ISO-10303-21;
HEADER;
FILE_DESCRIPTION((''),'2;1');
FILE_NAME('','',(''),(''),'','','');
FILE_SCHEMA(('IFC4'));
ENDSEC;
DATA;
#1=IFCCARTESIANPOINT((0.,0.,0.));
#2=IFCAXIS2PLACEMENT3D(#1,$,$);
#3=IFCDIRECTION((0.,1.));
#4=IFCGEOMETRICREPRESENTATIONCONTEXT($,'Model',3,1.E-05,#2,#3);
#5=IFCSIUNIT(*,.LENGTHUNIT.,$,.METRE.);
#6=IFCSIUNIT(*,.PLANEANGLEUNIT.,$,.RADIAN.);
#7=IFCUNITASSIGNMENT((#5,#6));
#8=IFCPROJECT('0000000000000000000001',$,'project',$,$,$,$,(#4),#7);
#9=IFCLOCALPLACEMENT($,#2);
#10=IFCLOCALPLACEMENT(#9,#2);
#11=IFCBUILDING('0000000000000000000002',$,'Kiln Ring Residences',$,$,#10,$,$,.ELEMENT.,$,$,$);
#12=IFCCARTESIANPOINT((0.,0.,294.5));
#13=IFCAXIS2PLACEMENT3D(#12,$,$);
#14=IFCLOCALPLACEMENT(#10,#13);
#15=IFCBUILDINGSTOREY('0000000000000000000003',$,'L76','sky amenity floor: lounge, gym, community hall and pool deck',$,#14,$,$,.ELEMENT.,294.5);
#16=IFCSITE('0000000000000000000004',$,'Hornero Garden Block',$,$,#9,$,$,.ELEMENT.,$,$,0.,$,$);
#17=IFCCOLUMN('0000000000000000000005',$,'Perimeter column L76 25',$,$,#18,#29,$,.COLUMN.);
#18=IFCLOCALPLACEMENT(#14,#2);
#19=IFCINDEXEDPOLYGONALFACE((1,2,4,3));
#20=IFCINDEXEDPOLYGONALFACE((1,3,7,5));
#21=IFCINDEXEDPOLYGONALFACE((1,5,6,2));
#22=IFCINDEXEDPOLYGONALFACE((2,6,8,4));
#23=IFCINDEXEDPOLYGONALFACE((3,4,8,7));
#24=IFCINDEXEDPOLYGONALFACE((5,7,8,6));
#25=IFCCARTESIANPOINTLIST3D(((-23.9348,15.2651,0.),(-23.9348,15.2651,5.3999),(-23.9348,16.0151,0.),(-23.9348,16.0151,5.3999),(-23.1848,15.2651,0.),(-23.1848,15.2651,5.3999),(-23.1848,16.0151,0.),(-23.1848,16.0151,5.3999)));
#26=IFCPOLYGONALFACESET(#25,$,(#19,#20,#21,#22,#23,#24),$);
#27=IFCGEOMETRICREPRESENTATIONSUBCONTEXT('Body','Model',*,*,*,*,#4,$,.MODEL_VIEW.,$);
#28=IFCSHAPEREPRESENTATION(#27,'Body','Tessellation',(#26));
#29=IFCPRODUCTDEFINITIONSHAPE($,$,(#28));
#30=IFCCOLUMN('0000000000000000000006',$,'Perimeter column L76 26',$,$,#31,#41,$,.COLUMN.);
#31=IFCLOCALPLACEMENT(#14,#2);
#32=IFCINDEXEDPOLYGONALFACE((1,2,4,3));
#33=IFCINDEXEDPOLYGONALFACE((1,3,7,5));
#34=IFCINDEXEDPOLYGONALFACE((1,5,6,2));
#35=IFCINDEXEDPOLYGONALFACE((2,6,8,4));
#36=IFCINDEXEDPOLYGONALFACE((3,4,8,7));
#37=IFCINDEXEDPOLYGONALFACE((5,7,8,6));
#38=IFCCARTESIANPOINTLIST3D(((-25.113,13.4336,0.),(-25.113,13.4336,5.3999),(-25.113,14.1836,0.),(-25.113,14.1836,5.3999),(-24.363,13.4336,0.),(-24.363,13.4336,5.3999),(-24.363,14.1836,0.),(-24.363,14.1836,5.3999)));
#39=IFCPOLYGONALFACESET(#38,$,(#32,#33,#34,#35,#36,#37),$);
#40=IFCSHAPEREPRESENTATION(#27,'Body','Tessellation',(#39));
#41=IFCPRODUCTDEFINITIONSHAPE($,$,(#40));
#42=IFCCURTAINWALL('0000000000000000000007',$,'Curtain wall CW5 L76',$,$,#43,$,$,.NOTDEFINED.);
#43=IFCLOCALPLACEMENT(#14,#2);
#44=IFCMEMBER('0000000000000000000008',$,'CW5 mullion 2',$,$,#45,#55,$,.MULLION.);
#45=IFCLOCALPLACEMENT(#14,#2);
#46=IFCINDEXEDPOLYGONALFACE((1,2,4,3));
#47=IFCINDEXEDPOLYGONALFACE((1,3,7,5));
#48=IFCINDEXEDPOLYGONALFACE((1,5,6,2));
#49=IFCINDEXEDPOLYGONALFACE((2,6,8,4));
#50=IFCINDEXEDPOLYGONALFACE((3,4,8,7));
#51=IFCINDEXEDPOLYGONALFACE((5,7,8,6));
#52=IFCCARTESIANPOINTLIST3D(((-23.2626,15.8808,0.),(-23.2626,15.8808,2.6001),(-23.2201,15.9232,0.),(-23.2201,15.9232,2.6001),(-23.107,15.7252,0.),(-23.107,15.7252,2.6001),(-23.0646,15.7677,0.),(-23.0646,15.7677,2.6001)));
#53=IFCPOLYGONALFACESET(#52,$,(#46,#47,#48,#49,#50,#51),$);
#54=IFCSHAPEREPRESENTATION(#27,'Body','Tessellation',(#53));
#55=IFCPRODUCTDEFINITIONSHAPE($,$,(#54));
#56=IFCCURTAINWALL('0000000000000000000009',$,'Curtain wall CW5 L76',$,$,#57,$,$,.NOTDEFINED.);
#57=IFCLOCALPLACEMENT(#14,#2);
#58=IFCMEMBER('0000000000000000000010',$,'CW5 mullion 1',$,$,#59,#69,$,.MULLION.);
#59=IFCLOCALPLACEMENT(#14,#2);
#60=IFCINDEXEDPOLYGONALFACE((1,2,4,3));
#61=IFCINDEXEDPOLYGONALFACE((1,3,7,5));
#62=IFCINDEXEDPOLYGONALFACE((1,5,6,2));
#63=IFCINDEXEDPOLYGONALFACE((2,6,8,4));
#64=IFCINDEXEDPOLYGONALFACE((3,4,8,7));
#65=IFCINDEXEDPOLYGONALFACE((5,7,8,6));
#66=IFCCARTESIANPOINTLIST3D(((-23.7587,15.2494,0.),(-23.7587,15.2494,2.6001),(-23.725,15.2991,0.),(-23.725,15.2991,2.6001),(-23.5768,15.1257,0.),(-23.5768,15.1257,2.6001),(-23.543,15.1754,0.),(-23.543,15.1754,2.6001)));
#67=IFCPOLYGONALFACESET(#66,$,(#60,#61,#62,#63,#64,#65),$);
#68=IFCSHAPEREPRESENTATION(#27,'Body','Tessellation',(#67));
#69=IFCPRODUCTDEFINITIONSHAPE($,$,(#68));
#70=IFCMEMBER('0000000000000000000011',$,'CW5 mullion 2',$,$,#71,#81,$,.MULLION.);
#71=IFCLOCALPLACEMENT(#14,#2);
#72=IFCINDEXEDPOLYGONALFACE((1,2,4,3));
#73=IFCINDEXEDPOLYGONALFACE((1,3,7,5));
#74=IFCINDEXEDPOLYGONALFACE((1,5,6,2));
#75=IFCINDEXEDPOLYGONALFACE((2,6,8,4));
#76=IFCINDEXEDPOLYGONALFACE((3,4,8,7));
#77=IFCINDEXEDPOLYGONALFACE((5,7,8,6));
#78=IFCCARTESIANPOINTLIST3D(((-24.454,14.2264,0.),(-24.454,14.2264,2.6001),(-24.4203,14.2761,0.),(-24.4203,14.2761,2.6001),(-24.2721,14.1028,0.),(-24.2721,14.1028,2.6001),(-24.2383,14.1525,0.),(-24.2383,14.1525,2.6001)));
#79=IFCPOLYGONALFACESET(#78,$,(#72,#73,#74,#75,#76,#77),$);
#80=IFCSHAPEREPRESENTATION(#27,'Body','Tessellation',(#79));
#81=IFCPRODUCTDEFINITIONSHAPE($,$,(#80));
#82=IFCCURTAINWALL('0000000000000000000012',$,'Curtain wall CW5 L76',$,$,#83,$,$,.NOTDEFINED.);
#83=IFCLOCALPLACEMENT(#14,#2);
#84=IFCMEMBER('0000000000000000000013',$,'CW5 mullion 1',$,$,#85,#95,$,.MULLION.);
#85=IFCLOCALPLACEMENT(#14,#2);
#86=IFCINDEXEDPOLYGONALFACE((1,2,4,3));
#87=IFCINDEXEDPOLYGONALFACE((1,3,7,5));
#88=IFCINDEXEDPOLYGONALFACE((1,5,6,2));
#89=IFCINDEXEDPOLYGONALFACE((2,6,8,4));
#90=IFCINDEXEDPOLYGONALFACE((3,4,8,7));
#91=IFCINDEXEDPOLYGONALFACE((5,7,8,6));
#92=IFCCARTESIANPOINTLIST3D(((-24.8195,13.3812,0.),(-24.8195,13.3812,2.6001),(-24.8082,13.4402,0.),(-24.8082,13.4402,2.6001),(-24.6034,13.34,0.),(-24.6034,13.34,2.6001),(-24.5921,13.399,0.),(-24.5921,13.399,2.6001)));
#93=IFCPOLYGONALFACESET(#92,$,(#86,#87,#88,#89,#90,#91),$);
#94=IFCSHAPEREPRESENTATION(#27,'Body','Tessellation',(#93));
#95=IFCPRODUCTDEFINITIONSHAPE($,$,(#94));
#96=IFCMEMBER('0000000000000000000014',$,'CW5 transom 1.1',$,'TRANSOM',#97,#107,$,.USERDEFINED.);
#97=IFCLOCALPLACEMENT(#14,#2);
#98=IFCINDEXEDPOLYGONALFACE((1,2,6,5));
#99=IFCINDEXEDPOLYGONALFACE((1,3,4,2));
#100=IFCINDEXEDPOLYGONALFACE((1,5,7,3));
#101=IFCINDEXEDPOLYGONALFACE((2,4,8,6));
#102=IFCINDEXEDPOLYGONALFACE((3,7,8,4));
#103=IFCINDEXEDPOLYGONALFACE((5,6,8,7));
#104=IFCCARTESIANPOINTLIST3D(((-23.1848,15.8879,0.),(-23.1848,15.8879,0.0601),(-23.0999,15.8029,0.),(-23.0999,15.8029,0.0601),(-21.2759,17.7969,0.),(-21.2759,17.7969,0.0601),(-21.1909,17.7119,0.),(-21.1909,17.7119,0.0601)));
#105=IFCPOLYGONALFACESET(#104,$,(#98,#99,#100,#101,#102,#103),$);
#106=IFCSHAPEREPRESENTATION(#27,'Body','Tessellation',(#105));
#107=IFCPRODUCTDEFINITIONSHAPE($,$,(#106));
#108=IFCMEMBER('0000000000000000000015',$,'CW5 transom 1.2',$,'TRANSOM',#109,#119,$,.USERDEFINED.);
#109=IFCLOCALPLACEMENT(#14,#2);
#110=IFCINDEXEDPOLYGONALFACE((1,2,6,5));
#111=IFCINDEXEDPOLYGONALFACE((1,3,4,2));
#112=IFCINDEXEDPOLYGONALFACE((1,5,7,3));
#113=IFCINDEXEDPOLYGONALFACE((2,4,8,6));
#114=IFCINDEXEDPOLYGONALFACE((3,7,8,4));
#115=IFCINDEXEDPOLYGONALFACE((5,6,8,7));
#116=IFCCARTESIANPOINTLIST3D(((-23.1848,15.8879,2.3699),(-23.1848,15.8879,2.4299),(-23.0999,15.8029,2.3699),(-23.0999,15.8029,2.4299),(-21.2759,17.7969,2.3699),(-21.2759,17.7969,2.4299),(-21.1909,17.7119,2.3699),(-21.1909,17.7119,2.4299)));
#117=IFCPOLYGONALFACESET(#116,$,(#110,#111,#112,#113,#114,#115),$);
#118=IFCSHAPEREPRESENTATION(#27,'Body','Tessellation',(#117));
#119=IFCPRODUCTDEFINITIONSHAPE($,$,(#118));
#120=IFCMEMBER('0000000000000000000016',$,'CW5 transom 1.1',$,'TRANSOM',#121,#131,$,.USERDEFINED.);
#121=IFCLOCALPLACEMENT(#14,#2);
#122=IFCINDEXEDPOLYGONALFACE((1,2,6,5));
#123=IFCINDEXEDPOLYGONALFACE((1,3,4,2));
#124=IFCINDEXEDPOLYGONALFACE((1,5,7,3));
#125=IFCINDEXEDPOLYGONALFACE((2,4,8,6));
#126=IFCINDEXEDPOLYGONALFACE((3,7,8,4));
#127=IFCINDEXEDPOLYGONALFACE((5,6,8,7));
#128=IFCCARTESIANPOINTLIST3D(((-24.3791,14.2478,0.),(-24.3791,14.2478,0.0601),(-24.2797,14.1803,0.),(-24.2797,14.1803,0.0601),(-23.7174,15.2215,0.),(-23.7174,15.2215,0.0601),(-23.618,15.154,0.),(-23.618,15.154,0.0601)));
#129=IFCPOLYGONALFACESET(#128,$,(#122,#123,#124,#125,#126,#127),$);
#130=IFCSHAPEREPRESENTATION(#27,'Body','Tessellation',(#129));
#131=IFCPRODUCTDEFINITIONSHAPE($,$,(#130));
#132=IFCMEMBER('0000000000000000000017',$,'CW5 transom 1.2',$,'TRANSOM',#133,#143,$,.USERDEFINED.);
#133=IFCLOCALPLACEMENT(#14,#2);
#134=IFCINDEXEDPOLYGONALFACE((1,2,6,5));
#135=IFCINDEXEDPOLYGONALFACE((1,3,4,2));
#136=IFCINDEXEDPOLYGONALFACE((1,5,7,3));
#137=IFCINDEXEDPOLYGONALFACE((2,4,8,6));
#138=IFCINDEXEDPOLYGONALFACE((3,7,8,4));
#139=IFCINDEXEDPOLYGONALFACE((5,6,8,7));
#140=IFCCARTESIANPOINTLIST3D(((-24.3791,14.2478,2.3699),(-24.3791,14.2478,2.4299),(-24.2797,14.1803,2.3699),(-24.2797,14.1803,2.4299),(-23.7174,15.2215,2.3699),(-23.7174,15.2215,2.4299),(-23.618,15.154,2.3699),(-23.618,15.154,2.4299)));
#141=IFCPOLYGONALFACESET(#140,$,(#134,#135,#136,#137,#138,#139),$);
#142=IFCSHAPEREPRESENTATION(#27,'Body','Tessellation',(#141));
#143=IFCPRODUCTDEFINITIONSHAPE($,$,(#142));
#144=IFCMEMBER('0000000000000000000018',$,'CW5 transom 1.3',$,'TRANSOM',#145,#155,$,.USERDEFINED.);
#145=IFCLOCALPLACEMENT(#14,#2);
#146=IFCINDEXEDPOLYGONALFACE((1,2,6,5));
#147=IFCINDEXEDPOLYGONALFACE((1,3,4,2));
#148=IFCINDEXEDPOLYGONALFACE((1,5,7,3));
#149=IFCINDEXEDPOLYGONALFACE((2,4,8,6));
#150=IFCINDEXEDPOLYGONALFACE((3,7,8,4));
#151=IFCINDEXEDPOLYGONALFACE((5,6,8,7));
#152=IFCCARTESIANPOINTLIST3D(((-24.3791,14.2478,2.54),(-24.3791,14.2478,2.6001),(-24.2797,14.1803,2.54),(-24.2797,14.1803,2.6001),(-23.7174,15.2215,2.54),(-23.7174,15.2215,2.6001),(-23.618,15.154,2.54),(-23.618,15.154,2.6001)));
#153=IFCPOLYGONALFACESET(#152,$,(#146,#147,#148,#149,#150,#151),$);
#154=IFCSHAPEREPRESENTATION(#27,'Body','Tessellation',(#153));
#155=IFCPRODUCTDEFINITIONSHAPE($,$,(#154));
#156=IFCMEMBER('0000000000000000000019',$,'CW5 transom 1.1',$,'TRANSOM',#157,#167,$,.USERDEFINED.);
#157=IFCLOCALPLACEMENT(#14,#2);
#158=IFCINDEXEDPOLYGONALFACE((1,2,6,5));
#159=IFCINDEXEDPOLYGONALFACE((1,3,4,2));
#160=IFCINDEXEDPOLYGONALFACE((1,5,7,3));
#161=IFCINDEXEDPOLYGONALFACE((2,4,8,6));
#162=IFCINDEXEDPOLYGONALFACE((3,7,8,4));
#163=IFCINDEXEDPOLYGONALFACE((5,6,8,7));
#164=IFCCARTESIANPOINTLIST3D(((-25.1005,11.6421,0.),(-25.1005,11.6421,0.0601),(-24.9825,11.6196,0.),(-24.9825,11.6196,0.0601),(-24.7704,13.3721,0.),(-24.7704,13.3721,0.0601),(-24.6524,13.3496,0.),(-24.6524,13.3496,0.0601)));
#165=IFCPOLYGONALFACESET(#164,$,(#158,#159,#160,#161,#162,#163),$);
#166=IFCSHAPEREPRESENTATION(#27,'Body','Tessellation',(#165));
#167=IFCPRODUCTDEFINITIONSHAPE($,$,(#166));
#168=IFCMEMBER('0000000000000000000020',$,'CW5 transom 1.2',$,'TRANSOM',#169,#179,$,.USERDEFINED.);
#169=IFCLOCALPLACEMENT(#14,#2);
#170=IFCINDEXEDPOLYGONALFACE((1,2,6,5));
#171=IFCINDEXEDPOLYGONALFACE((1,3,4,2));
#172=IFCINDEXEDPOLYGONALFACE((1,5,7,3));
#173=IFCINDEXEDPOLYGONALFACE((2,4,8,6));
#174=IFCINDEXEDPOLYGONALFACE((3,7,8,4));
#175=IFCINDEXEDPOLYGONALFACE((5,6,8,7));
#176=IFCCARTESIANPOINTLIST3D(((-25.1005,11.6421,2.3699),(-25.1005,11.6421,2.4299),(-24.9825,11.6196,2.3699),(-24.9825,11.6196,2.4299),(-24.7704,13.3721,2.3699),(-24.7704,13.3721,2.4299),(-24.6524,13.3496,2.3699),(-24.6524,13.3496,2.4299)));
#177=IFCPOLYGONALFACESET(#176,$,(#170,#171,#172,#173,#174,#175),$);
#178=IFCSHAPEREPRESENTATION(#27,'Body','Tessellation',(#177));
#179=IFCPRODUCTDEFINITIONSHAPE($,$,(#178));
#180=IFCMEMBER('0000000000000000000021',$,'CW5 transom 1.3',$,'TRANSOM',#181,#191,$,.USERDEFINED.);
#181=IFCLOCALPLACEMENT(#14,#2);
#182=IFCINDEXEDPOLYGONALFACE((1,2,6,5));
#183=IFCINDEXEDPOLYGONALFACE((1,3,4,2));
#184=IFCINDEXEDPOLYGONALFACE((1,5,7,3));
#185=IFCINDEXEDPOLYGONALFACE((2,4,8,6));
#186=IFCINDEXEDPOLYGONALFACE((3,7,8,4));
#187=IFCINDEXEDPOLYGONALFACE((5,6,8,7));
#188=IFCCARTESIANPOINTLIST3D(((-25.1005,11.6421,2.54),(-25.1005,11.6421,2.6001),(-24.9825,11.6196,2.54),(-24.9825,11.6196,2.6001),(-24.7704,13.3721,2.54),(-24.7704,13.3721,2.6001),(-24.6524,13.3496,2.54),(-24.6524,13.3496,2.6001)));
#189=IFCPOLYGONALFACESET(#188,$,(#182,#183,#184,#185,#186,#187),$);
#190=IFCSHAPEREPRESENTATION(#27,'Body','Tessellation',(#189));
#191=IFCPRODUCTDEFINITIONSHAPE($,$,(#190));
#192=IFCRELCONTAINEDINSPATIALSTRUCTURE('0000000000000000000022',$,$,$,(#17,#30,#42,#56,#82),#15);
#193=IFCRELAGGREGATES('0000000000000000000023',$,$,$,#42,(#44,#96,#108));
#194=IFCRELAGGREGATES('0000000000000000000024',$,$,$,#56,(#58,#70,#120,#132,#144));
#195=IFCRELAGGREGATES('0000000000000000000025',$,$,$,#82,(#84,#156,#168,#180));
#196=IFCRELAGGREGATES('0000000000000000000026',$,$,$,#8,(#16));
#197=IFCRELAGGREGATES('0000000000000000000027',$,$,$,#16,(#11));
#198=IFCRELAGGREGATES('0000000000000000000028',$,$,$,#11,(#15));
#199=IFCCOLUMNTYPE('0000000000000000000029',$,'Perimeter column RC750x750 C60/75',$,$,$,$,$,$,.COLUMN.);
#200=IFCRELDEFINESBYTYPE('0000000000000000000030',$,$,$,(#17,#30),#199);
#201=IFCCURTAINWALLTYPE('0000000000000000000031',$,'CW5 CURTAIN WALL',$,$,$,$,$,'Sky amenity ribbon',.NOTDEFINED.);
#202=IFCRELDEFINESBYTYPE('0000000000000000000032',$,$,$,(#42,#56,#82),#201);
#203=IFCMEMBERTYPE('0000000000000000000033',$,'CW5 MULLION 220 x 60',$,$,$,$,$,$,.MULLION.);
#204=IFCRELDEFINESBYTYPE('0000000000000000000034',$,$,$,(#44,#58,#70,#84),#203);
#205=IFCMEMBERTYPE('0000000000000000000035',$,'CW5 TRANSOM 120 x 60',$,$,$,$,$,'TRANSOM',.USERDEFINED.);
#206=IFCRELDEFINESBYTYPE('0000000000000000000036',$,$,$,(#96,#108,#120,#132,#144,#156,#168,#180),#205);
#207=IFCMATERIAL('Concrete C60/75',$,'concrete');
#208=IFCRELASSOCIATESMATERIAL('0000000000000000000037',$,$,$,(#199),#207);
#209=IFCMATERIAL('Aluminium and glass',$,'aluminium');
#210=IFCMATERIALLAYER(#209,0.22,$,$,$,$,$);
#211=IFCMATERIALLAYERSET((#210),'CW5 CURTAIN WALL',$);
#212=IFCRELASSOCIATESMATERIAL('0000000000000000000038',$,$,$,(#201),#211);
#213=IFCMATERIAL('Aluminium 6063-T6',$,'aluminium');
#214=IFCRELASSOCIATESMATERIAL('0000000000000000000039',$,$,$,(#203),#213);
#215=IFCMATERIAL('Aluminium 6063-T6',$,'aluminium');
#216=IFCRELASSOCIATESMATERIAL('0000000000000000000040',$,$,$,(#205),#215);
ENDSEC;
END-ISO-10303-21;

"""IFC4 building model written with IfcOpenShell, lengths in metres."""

from ifc_helpers import new_model, si_unit, direction, frame, origin, origin_2d, place, context, subcontext, project, spatial, rectangle, extrude, material, layer, layer_set, material_profile, profile_set, type_object, element, aggregate, save


model = new_model("IFC4")

# Units and contexts
model_context = context("Model", 3, precision=1e-05, world=origin(), true_north=direction((0.0, 1.0)))
body_context = subcontext(model_context, "Body", "Model", "MODEL_VIEW")
ifc_project = project(units=[si_unit("LENGTHUNIT", "METRE"), si_unit("PLANEANGLEUNIT", "RADIAN")], contexts=[model_context])

# Site, building, storey
site_placement = place(None, origin())
site = spatial("IfcSite", under=ifc_project, at=site_placement, Name="Hornero Garden Block", CompositionType="ELEMENT", RefElevation=0.0)
building_placement = place(site_placement, origin())
building = spatial("IfcBuilding", under=site, at=building_placement, Name="Kiln Ring Residences", CompositionType="ELEMENT")
storey_placement = place(building_placement, frame((0.0, 0.0, 294.5)))
storey = spatial("IfcBuildingStorey", under=building, at=storey_placement, Name="L76", Description="sky amenity floor: lounge, gym, community hall and pool deck", CompositionType="ELEMENT", Elevation=294.5)

# Columns
ifc_material_1 = material(Name="Concrete C60/75", Category="concrete")
ifc_material_profile_1 = material_profile(ifc_material_1, rectangle(XDim=0.75, YDim=0.75, at=origin_2d()), Name="RC750x750")
ifc_profile_set_1 = profile_set([ifc_material_profile_1], Name="Concrete C60/75")
column_type = type_object("IfcColumnType", Name="Perimeter column RC750x750 C60/75", PredefinedType="COLUMN", material=ifc_profile_set_1)
for number, where, z_axis, x_axis, name in (
    (1, (-23.5598, 15.6401, 0.0), (0.0, 0.0, 1.0), (1.0, 0.0, 0.0), "Perimeter column L76 25"),
    (2, (-24.738, 13.8086, 0.0), (0.0, 0.0, 1.0), (1.0, 0.0, 0.0), "Perimeter column L76 26"),
):
    element("IfcColumn", number, at=place(storey_placement, frame(where, z_axis=z_axis, x_axis=x_axis)), inside=storey, type_object=column_type, Name=name, PredefinedType="COLUMN", context=body_context, shape_type="SweptSolid", body=[
        extrude(rectangle(XDim=0.75, YDim=0.75, at=origin_2d()), origin(), (0.0, 0.0, 1.0), 5.3999),
    ])

# Curtain wall, member
ifc_material_2 = material(Name="Aluminium and glass", Category="aluminium")
ifc_layer_1 = layer(ifc_material_2, 0.22)
ifc_layer_set_1 = layer_set([ifc_layer_1], Name="CW5 CURTAIN WALL")
curtain_wall_type = type_object("IfcCurtainWallType", Name="CW5 CURTAIN WALL", ElementType="Sky amenity ribbon", PredefinedType="NOTDEFINED", material=ifc_layer_set_1)
placement = place(storey_placement, origin())
curtain_wall_1 = element("IfcCurtainWall", 3, at=placement, inside=storey, type_object=curtain_wall_type, Name="Curtain wall CW5 L76", PredefinedType="NOTDEFINED")
ifc_material_3 = material(Name="Aluminium 6063-T6", Category="aluminium")
ifc_material_profile_2 = material_profile(ifc_material_3, rectangle(XDim=0.22, YDim=0.0601, at=origin_2d()), Name="AL 220x60")
ifc_profile_set_2 = profile_set([ifc_material_profile_2], Name="Aluminium 6063-T6")
member_type_1 = type_object("IfcMemberType", Name="CW5 MULLION 220 x 60", PredefinedType="MULLION", material=ifc_profile_set_2)
member_1_placement = place(storey_placement, frame((-23.1636, 15.8242, 0.0), z_axis=(0.0, 0.0, 1.0), x_axis=(0.707107, -0.707107, 0.0)))
member_1 = element("IfcMember", 4, at=member_1_placement, type_object=member_type_1, Name="CW5 mullion 2", PredefinedType="MULLION", context=body_context, shape_type="SweptSolid", body=[
    extrude(rectangle(XDim=0.22, YDim=0.0601, at=origin_2d()), origin(), (0.0, 0.0, 1.0), 2.6001),
])

# Curtain wall, members
curtain_wall_2 = element("IfcCurtainWall", 5, at=placement, inside=storey, type_object=curtain_wall_type, Name="Curtain wall CW5 L76", PredefinedType="NOTDEFINED")
member_2_placement = place(storey_placement, frame((-23.6509, 15.2124, 0.0), z_axis=(0.0, 0.0, 1.0), x_axis=(0.827072, -0.562097, 0.0)))
member_2 = element("IfcMember", 6, at=member_2_placement, type_object=member_type_1, Name="CW5 mullion 1", PredefinedType="MULLION", context=body_context, shape_type="SweptSolid", body=[
    extrude(rectangle(XDim=0.22, YDim=0.0601, at=origin_2d()), origin(), (0.0, 0.0, 1.0), 2.6001),
])
member_3_placement = place(storey_placement, frame((-24.3462, 14.1895, 0.0), z_axis=(0.0, 0.0, 1.0), x_axis=(0.827072, -0.562097, 0.0)))
member_3 = element("IfcMember", 7, at=member_3_placement, type_object=member_type_1, Name="CW5 mullion 2", PredefinedType="MULLION", context=body_context, shape_type="SweptSolid", body=[
    extrude(rectangle(XDim=0.22, YDim=0.0601, at=origin_2d()), origin(), (0.0, 0.0, 1.0), 2.6001),
])

# Curtain wall, member
curtain_wall_3 = element("IfcCurtainWall", 8, at=placement, inside=storey, type_object=curtain_wall_type, Name="Curtain wall CW5 L76", PredefinedType="NOTDEFINED")
member_4_placement = place(storey_placement, frame((-24.7058, 13.3901, 0.0), z_axis=(0.0, 0.0, 1.0), x_axis=(0.98229, -0.187366, 0.0)))
member_4 = element("IfcMember", 9, at=member_4_placement, type_object=member_type_1, Name="CW5 mullion 1", PredefinedType="MULLION", context=body_context, shape_type="SweptSolid", body=[
    extrude(rectangle(XDim=0.22, YDim=0.0601, at=origin_2d()), origin(), (0.0, 0.0, 1.0), 2.6001),
])

# Members
ifc_material_4 = material(Name="Aluminium 6063-T6", Category="aluminium")
ifc_material_profile_3 = material_profile(ifc_material_4, rectangle(XDim=0.1201, YDim=0.0601, at=origin_2d()), Name="AL 120x60")
ifc_profile_set_3 = profile_set([ifc_material_profile_3], Name="Aluminium 6063-T6")
member_type_2 = type_object("IfcMemberType", Name="CW5 TRANSOM 120 x 60", ElementType="TRANSOM", PredefinedType="USERDEFINED", material=ifc_profile_set_3)
member_5_placement = place(storey_placement, frame((-21.2334, 17.7544, 0.03), z_axis=(-0.707107, -0.707107, 0.0), x_axis=(0.707107, -0.707107, 0.0)))
member_5 = element("IfcMember", 10, at=member_5_placement, type_object=member_type_2, Name="CW5 transom 1.1", ObjectType="TRANSOM", PredefinedType="USERDEFINED", context=body_context, shape_type="SweptSolid", body=[
    extrude(rectangle(XDim=0.1201, YDim=0.0601, at=origin_2d()), origin(), (0.0, 0.0, 1.0), 2.6997),
])
member_6_placement = place(storey_placement, frame((-21.2334, 17.7544, 2.3999), z_axis=(-0.707107, -0.707107, 0.0), x_axis=(0.707107, -0.707107, 0.0)))
member_6 = element("IfcMember", 11, at=member_6_placement, type_object=member_type_2, Name="CW5 transom 1.2", ObjectType="TRANSOM", PredefinedType="USERDEFINED", context=body_context, shape_type="SweptSolid", body=[
    extrude(rectangle(XDim=0.1201, YDim=0.0601, at=origin_2d()), origin(), (0.0, 0.0, 1.0), 2.6997),
])
member_7_placement = place(storey_placement, frame((-23.6677, 15.1877, 0.03), z_axis=(-0.562049, -0.827104, 0.0), x_axis=(0.827104, -0.562049, 0.0)))
member_7 = element("IfcMember", 12, at=member_7_placement, type_object=member_type_2, Name="CW5 transom 1.1", ObjectType="TRANSOM", PredefinedType="USERDEFINED", context=body_context, shape_type="SweptSolid", body=[
    extrude(rectangle(XDim=0.1201, YDim=0.0601, at=origin_2d()), origin(), (0.0, 0.0, 1.0), 1.1772),
])
member_8_placement = place(storey_placement, frame((-23.6677, 15.1877, 2.3999), z_axis=(-0.562049, -0.827104, 0.0), x_axis=(0.827104, -0.562049, 0.0)))
member_8 = element("IfcMember", 13, at=member_8_placement, type_object=member_type_2, Name="CW5 transom 1.2", ObjectType="TRANSOM", PredefinedType="USERDEFINED", context=body_context, shape_type="SweptSolid", body=[
    extrude(rectangle(XDim=0.1201, YDim=0.0601, at=origin_2d()), origin(), (0.0, 0.0, 1.0), 1.1772),
])
member_9_placement = place(storey_placement, frame((-23.6677, 15.1877, 2.5701), z_axis=(-0.562049, -0.827104, 0.0), x_axis=(0.827104, -0.562049, 0.0)))
member_9 = element("IfcMember", 14, at=member_9_placement, type_object=member_type_2, Name="CW5 transom 1.3", ObjectType="TRANSOM", PredefinedType="USERDEFINED", context=body_context, shape_type="SweptSolid", body=[
    extrude(rectangle(XDim=0.1201, YDim=0.0601, at=origin_2d()), origin(), (0.0, 0.0, 1.0), 1.1772),
])
member_10_placement = place(storey_placement, frame((-24.7114, 13.3608, 0.03), z_axis=(-0.187418, -0.98228, 0.0), x_axis=(0.98228, -0.187418, 0.0)))
member_10 = element("IfcMember", 15, at=member_10_placement, type_object=member_type_2, Name="CW5 transom 1.1", ObjectType="TRANSOM", PredefinedType="USERDEFINED", context=body_context, shape_type="SweptSolid", body=[
    extrude(rectangle(XDim=0.1201, YDim=0.0601, at=origin_2d()), origin(), (0.0, 0.0, 1.0), 1.7612),
])
member_11_placement = place(storey_placement, frame((-24.7114, 13.3608, 2.3999), z_axis=(-0.187418, -0.98228, 0.0), x_axis=(0.98228, -0.187418, 0.0)))
member_11 = element("IfcMember", 16, at=member_11_placement, type_object=member_type_2, Name="CW5 transom 1.2", ObjectType="TRANSOM", PredefinedType="USERDEFINED", context=body_context, shape_type="SweptSolid", body=[
    extrude(rectangle(XDim=0.1201, YDim=0.0601, at=origin_2d()), origin(), (0.0, 0.0, 1.0), 1.7612),
])
member_12_placement = place(storey_placement, frame((-24.7114, 13.3608, 2.5701), z_axis=(-0.187418, -0.98228, 0.0), x_axis=(0.98228, -0.187418, 0.0)))
member_12 = element("IfcMember", 17, at=member_12_placement, type_object=member_type_2, Name="CW5 transom 1.3", ObjectType="TRANSOM", PredefinedType="USERDEFINED", context=body_context, shape_type="SweptSolid", body=[
    extrude(rectangle(XDim=0.1201, YDim=0.0601, at=origin_2d()), origin(), (0.0, 0.0, 1.0), 1.7612),
])

aggregate(curtain_wall_1, [member_1, member_5, member_6])
aggregate(curtain_wall_2, [member_2, member_3, member_7, member_8, member_9])
aggregate(curtain_wall_3, [member_4, member_10, member_11, member_12])

save(model, "model.ifc")
